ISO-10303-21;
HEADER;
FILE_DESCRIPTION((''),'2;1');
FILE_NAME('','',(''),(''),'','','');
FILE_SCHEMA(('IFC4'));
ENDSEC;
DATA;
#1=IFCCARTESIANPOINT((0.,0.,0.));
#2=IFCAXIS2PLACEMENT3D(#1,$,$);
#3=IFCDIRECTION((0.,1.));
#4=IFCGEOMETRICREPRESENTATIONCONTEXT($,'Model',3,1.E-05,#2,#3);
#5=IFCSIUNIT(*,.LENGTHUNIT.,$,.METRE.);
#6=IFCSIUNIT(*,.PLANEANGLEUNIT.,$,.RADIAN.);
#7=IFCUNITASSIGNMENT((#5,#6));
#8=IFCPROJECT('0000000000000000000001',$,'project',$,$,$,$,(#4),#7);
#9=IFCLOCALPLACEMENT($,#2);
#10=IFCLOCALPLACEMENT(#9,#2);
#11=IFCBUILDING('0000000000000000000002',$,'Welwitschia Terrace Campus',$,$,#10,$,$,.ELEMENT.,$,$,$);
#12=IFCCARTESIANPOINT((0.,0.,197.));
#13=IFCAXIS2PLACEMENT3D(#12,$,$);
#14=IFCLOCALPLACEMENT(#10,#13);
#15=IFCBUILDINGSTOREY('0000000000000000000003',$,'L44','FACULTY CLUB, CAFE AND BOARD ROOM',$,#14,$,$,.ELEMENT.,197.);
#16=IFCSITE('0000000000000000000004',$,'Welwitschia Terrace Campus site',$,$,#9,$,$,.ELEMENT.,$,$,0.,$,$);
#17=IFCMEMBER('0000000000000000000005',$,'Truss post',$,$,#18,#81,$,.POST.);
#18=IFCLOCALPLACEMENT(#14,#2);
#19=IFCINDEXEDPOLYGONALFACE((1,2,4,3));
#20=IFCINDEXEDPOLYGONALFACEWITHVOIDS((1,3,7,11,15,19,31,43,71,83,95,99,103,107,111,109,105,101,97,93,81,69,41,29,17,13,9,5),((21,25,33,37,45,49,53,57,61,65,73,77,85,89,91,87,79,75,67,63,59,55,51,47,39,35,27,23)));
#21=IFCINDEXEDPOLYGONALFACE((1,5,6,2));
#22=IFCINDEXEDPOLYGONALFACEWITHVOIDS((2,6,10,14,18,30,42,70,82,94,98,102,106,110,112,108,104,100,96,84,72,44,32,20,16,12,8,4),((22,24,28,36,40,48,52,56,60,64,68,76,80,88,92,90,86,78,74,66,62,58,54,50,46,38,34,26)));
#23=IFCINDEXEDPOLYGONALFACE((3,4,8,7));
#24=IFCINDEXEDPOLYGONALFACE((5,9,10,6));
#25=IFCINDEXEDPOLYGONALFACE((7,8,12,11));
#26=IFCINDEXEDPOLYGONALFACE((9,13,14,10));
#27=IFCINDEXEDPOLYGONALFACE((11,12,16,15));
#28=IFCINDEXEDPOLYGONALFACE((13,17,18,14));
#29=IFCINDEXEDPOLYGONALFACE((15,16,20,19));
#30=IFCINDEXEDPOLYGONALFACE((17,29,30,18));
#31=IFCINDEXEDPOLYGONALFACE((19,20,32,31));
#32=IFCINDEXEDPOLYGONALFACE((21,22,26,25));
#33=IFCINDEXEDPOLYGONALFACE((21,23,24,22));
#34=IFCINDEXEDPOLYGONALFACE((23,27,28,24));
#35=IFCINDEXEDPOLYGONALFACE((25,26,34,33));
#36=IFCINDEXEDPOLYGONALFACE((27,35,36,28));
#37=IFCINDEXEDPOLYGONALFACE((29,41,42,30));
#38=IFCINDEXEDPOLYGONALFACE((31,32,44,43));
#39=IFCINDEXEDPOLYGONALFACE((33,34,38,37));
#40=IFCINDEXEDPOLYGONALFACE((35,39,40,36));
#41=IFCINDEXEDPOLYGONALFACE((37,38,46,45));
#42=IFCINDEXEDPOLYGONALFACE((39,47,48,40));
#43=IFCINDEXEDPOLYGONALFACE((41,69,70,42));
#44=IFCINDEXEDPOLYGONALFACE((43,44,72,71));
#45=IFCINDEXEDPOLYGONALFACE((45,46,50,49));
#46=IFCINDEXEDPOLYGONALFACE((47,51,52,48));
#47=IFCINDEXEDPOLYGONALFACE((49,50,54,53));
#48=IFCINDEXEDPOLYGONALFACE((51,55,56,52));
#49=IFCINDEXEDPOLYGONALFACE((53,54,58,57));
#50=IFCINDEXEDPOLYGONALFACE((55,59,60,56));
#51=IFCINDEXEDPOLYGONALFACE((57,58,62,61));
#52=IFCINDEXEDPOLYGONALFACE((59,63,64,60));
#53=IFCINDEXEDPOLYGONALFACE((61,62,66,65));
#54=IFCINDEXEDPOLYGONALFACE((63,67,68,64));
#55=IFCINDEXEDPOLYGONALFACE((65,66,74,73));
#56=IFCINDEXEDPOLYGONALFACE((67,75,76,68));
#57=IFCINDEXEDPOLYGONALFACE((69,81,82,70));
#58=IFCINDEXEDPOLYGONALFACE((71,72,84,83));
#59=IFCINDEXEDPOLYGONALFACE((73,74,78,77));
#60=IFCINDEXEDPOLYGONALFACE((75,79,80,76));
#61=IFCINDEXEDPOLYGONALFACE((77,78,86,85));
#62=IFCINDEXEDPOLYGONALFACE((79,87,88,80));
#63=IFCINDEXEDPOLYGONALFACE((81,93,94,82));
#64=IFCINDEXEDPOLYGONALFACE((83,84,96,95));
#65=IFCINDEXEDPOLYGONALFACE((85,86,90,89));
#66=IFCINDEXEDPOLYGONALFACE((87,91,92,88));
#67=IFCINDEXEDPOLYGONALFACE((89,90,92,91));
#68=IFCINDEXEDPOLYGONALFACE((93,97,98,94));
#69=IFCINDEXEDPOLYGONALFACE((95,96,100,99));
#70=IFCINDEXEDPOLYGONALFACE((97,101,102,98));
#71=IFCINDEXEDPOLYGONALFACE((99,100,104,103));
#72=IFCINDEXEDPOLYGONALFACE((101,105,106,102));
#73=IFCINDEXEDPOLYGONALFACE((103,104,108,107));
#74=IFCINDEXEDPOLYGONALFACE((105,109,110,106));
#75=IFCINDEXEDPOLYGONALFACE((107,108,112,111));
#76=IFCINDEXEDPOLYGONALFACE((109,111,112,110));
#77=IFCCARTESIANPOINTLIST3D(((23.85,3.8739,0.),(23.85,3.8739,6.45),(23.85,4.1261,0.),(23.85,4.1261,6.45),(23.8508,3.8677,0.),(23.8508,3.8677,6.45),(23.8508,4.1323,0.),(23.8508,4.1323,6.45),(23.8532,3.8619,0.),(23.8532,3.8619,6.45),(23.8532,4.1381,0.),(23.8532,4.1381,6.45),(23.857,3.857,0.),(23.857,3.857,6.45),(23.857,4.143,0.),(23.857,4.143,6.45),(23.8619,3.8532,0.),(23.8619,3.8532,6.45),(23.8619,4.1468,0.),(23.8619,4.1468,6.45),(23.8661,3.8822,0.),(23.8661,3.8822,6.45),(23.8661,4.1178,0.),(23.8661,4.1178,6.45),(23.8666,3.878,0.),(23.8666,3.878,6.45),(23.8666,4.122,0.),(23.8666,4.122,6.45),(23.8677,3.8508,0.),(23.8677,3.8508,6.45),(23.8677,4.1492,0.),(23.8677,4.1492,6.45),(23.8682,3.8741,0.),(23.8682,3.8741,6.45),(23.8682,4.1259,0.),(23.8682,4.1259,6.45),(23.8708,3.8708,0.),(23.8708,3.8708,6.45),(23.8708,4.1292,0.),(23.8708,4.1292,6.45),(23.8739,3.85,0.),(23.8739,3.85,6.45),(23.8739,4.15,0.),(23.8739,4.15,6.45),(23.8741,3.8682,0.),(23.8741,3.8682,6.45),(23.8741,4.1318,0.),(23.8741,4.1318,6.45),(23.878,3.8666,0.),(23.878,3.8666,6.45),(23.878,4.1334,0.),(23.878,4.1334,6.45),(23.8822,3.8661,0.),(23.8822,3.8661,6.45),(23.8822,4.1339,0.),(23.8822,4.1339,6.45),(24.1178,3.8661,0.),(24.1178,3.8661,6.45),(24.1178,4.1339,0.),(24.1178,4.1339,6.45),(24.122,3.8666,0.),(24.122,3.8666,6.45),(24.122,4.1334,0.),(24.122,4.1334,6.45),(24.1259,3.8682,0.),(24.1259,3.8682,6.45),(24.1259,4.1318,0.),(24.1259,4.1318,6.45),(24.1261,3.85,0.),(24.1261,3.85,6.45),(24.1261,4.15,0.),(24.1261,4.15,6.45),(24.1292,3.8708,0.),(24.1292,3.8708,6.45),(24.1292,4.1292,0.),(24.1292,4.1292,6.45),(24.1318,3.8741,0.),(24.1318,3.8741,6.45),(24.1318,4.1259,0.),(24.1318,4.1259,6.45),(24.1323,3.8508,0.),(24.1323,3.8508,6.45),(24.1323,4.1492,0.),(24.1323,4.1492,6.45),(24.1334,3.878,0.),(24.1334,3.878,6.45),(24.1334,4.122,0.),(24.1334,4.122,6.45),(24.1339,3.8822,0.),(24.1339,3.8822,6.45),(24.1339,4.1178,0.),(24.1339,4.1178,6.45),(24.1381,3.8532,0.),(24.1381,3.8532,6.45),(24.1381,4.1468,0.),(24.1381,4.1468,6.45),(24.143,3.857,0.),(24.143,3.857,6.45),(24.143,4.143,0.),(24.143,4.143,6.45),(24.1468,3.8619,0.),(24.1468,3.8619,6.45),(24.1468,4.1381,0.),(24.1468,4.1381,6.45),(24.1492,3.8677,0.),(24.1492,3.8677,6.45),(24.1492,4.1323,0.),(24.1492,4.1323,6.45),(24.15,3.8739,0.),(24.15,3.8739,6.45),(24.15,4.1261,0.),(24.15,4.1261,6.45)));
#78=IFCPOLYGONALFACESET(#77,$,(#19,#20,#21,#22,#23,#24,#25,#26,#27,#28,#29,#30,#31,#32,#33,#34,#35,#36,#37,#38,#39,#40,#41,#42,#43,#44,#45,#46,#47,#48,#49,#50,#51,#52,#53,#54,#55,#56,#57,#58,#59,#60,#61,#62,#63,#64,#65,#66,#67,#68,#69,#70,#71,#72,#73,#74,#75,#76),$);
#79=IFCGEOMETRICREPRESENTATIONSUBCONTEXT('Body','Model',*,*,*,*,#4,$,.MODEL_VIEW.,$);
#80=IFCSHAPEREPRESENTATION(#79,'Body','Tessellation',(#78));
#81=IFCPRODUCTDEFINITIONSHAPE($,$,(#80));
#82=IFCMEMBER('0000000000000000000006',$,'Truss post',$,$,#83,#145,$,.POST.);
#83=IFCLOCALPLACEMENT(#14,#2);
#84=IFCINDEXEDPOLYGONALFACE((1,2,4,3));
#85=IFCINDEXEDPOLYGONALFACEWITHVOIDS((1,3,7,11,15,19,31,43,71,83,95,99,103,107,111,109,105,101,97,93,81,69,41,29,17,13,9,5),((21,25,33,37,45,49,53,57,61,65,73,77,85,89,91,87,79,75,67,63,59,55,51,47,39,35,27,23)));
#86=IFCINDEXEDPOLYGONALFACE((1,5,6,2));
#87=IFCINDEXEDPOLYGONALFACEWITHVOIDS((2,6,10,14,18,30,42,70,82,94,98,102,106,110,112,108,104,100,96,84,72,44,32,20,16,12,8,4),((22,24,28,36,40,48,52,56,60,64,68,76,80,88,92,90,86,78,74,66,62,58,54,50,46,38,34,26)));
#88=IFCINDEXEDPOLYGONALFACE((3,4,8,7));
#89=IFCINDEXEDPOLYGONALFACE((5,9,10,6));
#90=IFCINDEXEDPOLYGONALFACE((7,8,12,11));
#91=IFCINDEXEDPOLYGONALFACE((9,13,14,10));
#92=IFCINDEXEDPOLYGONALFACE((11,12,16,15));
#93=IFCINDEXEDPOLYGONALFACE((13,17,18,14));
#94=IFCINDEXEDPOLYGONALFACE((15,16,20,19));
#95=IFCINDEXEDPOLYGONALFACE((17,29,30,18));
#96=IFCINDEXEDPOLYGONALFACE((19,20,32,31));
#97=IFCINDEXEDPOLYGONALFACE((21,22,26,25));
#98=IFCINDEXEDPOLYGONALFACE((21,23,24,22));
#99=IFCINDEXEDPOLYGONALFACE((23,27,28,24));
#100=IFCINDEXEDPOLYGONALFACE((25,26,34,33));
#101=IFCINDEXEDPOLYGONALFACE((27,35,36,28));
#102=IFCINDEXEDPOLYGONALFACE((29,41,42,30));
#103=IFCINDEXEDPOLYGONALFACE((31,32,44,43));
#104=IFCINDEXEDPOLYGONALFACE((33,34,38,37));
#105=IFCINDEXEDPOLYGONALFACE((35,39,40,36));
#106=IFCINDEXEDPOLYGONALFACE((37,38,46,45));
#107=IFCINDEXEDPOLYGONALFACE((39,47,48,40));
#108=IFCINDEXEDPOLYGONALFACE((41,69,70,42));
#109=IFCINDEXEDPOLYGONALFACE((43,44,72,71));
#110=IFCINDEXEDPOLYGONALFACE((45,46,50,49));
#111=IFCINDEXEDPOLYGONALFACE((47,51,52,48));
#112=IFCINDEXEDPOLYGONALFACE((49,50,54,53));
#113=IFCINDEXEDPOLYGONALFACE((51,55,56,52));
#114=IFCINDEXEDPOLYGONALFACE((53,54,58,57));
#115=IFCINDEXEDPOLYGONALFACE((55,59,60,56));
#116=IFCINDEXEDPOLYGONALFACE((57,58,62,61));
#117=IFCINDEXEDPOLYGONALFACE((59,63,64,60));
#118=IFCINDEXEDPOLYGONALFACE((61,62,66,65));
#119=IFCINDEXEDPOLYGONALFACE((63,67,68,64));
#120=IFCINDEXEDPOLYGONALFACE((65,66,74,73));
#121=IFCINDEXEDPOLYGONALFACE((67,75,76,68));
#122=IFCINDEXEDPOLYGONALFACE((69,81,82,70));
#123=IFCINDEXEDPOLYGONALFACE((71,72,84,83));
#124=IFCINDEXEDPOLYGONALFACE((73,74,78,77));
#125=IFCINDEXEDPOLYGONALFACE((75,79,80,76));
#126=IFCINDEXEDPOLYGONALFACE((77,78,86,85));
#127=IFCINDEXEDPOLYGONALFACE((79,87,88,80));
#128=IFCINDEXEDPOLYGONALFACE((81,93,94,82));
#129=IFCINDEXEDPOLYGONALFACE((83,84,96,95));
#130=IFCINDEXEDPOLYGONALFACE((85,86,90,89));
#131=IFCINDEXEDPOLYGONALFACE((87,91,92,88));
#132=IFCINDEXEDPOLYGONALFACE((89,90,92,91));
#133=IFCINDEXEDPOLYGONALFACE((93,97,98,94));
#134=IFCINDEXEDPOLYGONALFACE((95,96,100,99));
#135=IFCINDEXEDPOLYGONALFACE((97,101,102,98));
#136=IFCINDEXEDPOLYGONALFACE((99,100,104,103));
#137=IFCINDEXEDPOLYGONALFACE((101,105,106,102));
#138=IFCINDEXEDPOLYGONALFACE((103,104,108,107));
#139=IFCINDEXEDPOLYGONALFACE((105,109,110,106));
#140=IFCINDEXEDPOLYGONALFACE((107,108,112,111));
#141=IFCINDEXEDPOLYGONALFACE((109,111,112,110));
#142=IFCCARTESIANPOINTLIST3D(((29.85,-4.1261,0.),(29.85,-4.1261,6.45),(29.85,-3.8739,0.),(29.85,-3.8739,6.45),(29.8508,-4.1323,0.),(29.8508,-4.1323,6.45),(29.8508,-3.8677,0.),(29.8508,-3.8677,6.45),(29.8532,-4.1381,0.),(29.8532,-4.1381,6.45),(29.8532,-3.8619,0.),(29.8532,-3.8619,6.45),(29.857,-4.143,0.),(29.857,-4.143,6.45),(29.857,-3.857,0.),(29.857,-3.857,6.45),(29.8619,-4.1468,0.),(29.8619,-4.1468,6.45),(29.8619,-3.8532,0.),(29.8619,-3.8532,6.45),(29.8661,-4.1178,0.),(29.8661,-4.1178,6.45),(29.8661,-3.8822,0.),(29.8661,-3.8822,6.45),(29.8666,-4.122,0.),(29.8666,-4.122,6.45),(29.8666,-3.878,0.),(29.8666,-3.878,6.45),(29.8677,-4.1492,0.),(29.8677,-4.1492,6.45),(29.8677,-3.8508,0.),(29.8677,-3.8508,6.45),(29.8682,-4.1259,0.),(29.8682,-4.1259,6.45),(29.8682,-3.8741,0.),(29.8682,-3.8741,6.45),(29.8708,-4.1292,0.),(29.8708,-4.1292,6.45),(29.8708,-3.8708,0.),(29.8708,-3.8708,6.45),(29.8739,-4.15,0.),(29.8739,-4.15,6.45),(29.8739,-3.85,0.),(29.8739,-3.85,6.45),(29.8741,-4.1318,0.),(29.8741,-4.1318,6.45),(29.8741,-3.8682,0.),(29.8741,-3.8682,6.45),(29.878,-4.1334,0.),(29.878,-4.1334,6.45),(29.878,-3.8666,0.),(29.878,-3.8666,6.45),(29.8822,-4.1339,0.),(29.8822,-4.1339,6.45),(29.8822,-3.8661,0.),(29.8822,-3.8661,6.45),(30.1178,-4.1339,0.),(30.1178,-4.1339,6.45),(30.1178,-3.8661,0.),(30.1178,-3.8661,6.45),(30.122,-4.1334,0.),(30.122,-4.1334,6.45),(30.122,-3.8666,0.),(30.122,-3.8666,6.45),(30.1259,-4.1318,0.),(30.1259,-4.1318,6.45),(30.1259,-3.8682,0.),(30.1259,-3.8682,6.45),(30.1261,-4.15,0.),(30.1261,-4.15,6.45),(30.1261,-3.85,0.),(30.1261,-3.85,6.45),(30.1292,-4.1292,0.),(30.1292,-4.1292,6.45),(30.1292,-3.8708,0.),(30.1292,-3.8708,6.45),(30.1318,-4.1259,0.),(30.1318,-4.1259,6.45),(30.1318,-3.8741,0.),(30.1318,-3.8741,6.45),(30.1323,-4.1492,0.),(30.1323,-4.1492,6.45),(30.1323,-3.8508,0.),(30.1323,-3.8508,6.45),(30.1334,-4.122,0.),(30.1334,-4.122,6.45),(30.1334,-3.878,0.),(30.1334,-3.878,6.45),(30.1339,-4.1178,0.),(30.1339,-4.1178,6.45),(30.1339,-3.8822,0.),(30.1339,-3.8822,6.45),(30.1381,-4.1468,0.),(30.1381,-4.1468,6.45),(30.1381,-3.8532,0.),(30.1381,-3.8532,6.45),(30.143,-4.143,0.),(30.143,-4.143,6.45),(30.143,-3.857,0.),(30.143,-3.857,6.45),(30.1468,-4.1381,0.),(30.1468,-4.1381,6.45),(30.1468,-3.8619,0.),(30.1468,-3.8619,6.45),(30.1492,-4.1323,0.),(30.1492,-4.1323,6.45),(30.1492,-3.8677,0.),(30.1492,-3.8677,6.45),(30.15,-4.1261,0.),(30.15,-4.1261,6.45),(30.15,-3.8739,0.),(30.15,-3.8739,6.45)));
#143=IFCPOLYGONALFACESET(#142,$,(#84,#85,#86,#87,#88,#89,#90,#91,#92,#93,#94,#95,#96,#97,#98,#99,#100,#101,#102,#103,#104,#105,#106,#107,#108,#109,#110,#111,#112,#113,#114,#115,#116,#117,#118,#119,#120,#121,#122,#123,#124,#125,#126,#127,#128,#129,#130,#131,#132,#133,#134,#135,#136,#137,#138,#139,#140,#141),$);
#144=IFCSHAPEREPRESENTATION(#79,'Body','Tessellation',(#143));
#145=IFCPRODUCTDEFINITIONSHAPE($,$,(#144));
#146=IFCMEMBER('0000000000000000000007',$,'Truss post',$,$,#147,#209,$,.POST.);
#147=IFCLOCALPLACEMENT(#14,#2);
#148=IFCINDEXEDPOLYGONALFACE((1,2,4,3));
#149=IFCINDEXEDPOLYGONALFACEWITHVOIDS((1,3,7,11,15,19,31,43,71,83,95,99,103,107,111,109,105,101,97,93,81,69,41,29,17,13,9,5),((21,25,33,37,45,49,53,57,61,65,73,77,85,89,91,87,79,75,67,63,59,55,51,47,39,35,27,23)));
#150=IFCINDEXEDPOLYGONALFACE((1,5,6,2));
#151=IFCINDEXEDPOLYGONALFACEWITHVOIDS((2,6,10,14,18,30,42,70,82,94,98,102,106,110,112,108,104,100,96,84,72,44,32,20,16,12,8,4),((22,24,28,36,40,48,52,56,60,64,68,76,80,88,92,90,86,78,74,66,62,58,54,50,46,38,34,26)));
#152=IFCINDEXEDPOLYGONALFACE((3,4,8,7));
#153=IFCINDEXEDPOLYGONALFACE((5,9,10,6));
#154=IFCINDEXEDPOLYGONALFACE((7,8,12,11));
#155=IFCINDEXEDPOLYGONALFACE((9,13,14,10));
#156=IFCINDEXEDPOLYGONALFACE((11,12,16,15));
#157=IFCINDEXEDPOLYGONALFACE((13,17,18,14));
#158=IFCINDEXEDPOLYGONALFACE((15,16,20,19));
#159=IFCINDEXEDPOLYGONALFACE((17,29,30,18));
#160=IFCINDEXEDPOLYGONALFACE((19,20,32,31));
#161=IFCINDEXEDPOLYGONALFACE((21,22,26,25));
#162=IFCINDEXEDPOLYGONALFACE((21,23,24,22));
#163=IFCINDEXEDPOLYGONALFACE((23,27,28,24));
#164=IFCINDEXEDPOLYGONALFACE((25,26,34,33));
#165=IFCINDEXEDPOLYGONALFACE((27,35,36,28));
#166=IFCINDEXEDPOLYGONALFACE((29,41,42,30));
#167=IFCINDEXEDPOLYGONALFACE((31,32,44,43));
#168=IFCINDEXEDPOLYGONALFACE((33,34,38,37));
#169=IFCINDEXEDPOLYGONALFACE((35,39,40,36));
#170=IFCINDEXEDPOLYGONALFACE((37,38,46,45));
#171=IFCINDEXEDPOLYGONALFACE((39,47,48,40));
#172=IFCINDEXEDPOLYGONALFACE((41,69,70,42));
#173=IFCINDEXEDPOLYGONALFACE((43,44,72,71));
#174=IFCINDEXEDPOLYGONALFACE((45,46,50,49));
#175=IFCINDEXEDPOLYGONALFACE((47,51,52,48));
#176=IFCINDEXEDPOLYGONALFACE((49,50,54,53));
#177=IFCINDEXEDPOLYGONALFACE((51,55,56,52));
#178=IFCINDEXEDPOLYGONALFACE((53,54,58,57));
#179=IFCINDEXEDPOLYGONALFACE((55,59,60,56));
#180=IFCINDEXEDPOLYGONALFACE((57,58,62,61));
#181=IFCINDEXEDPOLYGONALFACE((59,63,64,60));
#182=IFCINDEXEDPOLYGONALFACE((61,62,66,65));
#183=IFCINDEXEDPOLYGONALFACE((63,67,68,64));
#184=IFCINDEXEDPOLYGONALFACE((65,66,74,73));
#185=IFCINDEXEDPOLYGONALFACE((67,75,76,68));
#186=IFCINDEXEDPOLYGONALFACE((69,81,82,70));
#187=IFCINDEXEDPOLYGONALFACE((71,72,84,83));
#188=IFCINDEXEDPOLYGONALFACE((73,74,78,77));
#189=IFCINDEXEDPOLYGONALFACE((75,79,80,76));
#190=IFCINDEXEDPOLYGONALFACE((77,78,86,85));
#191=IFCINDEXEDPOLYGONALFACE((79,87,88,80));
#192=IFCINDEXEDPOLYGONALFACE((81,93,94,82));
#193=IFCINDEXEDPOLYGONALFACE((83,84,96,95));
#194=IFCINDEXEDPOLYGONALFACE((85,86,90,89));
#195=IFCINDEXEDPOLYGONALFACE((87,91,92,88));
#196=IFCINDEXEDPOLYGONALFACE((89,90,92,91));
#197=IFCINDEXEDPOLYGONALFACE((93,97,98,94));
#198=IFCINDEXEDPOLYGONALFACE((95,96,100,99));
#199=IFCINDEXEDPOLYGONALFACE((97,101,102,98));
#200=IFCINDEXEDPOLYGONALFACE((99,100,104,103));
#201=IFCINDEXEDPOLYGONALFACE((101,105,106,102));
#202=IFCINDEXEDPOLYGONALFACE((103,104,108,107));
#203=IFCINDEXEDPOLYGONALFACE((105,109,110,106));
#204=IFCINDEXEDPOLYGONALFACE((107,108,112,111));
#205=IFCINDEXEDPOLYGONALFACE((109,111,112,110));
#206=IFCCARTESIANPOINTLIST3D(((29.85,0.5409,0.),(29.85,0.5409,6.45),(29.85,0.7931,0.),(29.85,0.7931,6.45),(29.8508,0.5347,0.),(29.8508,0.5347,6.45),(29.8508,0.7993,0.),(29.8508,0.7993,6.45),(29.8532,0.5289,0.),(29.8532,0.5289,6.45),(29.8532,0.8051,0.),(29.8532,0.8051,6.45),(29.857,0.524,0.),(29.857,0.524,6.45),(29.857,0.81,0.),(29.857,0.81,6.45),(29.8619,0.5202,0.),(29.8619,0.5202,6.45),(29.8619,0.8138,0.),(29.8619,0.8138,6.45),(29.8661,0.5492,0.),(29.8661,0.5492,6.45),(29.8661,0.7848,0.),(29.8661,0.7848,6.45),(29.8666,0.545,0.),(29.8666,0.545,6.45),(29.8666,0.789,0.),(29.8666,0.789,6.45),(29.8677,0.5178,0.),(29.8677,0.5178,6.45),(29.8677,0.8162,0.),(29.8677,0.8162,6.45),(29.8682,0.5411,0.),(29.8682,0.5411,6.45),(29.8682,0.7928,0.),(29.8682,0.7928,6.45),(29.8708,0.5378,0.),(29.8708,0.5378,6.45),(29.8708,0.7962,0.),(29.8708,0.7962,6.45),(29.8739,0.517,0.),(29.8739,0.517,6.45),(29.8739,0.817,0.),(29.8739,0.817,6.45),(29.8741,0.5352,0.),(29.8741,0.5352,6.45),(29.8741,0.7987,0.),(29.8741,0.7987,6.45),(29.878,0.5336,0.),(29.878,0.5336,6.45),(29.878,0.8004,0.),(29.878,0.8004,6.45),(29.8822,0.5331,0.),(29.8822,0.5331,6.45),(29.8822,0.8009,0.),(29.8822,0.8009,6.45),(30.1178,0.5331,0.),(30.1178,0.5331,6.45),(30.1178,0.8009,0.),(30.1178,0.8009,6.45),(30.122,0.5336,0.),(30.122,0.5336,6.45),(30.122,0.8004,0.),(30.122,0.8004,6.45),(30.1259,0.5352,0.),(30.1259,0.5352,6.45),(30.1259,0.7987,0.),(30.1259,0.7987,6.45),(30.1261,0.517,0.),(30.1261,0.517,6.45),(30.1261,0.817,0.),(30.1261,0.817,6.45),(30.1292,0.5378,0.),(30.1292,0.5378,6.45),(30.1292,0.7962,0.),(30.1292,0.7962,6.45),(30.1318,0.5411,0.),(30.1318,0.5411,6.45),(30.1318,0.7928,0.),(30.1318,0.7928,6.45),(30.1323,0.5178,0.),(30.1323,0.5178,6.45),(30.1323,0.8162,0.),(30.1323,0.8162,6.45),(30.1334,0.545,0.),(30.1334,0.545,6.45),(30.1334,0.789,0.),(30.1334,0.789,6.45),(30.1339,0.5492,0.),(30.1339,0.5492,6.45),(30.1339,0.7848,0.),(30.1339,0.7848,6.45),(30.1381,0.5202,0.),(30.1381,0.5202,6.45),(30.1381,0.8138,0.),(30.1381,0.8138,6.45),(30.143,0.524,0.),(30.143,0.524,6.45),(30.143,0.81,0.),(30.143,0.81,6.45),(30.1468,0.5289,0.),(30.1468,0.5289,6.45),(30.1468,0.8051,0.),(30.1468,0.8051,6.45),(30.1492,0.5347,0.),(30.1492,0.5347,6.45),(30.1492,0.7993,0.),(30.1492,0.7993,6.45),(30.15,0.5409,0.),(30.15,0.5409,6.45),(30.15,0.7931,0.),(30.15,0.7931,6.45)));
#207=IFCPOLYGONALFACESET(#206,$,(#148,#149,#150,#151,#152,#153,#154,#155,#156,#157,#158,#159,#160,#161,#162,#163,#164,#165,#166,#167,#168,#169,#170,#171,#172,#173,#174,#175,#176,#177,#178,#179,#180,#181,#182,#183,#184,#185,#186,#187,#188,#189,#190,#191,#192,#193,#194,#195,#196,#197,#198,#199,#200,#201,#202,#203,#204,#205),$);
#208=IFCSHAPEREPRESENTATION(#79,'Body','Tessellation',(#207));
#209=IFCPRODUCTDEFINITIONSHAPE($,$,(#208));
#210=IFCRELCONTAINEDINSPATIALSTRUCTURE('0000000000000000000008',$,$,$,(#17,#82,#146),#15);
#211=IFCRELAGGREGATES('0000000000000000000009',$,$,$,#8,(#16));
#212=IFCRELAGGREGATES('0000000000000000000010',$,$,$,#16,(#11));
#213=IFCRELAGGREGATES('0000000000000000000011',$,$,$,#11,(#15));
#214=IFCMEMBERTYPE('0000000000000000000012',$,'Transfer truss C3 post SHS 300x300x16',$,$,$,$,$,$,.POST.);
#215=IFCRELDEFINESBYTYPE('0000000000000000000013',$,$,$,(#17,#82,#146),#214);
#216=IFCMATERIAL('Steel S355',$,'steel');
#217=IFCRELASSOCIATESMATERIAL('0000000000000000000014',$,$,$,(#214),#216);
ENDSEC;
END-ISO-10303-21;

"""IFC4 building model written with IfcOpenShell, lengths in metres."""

from ifc_helpers import new_model, si_unit, direction, frame, origin, origin_2d, place, context, subcontext, project, spatial, hollow_rectangle, extrude, material, material_profile, profile_set, type_object, element, save


model = new_model("IFC4")

# Units and contexts
model_context = context("Model", 3, precision=1e-05, world=origin(), true_north=direction((0.0, 1.0)))
body_context = subcontext(model_context, "Body", "Model", "MODEL_VIEW")
ifc_project = project(units=[si_unit("LENGTHUNIT", "METRE"), si_unit("PLANEANGLEUNIT", "RADIAN")], contexts=[model_context])

# Site, building, storey
site_placement = place(None, origin())
site = spatial("IfcSite", under=ifc_project, at=site_placement, Name="Welwitschia Terrace Campus site", CompositionType="ELEMENT", RefElevation=0.0)
building_placement = place(site_placement, origin())
building = spatial("IfcBuilding", under=site, at=building_placement, Name="Welwitschia Terrace Campus", CompositionType="ELEMENT")
storey_placement = place(building_placement, frame((0.0, 0.0, 197.0)))
storey = spatial("IfcBuildingStorey", under=building, at=storey_placement, Name="L44", Description="FACULTY CLUB, CAFE AND BOARD ROOM", CompositionType="ELEMENT", Elevation=197.0)

# Members
ifc_material_1 = material(Name="Steel S355", Category="steel")
ifc_material_profile_1 = material_profile(ifc_material_1, hollow_rectangle(XDim=0.3, YDim=0.3, WallThickness=0.0161, InnerFilletRadius=0.0161, OuterFilletRadius=0.0239, at=origin_2d()))
ifc_profile_set_1 = profile_set([ifc_material_profile_1], Name="Steel S355")
member_type_1 = type_object("IfcMemberType", Name="Transfer truss C3 post SHS 300x300x16", PredefinedType="POST", material=ifc_profile_set_1)
for number, where, z_axis, x_axis, name in (
    (1, (24.0, 4.0, 0.0), (0.0, 0.0, 1.0), (1.0, 0.0, 0.0), "Truss post"),
    (2, (30.0, -4.0, 0.0), (0.0, 0.0, 1.0), (1.0, 0.0, 0.0), "Truss post"),
    (3, (30.0, 0.667, 0.0), (0.0, 0.0, 1.0), (1.0, 0.0, 0.0), "Truss post"),
):
    element("IfcMember", number, at=place(storey_placement, frame(where, z_axis=z_axis, x_axis=x_axis)), inside=storey, type_object=member_type_1, Name=name, PredefinedType="POST", context=body_context, shape_type="SweptSolid", body=[
        extrude(hollow_rectangle(XDim=0.3, YDim=0.3, WallThickness=0.0161, InnerFilletRadius=0.0161, OuterFilletRadius=0.0239, at=origin_2d()), origin(), (0.0, 0.0, 1.0), 6.45),
    ])

save(model, "model.ifc")
